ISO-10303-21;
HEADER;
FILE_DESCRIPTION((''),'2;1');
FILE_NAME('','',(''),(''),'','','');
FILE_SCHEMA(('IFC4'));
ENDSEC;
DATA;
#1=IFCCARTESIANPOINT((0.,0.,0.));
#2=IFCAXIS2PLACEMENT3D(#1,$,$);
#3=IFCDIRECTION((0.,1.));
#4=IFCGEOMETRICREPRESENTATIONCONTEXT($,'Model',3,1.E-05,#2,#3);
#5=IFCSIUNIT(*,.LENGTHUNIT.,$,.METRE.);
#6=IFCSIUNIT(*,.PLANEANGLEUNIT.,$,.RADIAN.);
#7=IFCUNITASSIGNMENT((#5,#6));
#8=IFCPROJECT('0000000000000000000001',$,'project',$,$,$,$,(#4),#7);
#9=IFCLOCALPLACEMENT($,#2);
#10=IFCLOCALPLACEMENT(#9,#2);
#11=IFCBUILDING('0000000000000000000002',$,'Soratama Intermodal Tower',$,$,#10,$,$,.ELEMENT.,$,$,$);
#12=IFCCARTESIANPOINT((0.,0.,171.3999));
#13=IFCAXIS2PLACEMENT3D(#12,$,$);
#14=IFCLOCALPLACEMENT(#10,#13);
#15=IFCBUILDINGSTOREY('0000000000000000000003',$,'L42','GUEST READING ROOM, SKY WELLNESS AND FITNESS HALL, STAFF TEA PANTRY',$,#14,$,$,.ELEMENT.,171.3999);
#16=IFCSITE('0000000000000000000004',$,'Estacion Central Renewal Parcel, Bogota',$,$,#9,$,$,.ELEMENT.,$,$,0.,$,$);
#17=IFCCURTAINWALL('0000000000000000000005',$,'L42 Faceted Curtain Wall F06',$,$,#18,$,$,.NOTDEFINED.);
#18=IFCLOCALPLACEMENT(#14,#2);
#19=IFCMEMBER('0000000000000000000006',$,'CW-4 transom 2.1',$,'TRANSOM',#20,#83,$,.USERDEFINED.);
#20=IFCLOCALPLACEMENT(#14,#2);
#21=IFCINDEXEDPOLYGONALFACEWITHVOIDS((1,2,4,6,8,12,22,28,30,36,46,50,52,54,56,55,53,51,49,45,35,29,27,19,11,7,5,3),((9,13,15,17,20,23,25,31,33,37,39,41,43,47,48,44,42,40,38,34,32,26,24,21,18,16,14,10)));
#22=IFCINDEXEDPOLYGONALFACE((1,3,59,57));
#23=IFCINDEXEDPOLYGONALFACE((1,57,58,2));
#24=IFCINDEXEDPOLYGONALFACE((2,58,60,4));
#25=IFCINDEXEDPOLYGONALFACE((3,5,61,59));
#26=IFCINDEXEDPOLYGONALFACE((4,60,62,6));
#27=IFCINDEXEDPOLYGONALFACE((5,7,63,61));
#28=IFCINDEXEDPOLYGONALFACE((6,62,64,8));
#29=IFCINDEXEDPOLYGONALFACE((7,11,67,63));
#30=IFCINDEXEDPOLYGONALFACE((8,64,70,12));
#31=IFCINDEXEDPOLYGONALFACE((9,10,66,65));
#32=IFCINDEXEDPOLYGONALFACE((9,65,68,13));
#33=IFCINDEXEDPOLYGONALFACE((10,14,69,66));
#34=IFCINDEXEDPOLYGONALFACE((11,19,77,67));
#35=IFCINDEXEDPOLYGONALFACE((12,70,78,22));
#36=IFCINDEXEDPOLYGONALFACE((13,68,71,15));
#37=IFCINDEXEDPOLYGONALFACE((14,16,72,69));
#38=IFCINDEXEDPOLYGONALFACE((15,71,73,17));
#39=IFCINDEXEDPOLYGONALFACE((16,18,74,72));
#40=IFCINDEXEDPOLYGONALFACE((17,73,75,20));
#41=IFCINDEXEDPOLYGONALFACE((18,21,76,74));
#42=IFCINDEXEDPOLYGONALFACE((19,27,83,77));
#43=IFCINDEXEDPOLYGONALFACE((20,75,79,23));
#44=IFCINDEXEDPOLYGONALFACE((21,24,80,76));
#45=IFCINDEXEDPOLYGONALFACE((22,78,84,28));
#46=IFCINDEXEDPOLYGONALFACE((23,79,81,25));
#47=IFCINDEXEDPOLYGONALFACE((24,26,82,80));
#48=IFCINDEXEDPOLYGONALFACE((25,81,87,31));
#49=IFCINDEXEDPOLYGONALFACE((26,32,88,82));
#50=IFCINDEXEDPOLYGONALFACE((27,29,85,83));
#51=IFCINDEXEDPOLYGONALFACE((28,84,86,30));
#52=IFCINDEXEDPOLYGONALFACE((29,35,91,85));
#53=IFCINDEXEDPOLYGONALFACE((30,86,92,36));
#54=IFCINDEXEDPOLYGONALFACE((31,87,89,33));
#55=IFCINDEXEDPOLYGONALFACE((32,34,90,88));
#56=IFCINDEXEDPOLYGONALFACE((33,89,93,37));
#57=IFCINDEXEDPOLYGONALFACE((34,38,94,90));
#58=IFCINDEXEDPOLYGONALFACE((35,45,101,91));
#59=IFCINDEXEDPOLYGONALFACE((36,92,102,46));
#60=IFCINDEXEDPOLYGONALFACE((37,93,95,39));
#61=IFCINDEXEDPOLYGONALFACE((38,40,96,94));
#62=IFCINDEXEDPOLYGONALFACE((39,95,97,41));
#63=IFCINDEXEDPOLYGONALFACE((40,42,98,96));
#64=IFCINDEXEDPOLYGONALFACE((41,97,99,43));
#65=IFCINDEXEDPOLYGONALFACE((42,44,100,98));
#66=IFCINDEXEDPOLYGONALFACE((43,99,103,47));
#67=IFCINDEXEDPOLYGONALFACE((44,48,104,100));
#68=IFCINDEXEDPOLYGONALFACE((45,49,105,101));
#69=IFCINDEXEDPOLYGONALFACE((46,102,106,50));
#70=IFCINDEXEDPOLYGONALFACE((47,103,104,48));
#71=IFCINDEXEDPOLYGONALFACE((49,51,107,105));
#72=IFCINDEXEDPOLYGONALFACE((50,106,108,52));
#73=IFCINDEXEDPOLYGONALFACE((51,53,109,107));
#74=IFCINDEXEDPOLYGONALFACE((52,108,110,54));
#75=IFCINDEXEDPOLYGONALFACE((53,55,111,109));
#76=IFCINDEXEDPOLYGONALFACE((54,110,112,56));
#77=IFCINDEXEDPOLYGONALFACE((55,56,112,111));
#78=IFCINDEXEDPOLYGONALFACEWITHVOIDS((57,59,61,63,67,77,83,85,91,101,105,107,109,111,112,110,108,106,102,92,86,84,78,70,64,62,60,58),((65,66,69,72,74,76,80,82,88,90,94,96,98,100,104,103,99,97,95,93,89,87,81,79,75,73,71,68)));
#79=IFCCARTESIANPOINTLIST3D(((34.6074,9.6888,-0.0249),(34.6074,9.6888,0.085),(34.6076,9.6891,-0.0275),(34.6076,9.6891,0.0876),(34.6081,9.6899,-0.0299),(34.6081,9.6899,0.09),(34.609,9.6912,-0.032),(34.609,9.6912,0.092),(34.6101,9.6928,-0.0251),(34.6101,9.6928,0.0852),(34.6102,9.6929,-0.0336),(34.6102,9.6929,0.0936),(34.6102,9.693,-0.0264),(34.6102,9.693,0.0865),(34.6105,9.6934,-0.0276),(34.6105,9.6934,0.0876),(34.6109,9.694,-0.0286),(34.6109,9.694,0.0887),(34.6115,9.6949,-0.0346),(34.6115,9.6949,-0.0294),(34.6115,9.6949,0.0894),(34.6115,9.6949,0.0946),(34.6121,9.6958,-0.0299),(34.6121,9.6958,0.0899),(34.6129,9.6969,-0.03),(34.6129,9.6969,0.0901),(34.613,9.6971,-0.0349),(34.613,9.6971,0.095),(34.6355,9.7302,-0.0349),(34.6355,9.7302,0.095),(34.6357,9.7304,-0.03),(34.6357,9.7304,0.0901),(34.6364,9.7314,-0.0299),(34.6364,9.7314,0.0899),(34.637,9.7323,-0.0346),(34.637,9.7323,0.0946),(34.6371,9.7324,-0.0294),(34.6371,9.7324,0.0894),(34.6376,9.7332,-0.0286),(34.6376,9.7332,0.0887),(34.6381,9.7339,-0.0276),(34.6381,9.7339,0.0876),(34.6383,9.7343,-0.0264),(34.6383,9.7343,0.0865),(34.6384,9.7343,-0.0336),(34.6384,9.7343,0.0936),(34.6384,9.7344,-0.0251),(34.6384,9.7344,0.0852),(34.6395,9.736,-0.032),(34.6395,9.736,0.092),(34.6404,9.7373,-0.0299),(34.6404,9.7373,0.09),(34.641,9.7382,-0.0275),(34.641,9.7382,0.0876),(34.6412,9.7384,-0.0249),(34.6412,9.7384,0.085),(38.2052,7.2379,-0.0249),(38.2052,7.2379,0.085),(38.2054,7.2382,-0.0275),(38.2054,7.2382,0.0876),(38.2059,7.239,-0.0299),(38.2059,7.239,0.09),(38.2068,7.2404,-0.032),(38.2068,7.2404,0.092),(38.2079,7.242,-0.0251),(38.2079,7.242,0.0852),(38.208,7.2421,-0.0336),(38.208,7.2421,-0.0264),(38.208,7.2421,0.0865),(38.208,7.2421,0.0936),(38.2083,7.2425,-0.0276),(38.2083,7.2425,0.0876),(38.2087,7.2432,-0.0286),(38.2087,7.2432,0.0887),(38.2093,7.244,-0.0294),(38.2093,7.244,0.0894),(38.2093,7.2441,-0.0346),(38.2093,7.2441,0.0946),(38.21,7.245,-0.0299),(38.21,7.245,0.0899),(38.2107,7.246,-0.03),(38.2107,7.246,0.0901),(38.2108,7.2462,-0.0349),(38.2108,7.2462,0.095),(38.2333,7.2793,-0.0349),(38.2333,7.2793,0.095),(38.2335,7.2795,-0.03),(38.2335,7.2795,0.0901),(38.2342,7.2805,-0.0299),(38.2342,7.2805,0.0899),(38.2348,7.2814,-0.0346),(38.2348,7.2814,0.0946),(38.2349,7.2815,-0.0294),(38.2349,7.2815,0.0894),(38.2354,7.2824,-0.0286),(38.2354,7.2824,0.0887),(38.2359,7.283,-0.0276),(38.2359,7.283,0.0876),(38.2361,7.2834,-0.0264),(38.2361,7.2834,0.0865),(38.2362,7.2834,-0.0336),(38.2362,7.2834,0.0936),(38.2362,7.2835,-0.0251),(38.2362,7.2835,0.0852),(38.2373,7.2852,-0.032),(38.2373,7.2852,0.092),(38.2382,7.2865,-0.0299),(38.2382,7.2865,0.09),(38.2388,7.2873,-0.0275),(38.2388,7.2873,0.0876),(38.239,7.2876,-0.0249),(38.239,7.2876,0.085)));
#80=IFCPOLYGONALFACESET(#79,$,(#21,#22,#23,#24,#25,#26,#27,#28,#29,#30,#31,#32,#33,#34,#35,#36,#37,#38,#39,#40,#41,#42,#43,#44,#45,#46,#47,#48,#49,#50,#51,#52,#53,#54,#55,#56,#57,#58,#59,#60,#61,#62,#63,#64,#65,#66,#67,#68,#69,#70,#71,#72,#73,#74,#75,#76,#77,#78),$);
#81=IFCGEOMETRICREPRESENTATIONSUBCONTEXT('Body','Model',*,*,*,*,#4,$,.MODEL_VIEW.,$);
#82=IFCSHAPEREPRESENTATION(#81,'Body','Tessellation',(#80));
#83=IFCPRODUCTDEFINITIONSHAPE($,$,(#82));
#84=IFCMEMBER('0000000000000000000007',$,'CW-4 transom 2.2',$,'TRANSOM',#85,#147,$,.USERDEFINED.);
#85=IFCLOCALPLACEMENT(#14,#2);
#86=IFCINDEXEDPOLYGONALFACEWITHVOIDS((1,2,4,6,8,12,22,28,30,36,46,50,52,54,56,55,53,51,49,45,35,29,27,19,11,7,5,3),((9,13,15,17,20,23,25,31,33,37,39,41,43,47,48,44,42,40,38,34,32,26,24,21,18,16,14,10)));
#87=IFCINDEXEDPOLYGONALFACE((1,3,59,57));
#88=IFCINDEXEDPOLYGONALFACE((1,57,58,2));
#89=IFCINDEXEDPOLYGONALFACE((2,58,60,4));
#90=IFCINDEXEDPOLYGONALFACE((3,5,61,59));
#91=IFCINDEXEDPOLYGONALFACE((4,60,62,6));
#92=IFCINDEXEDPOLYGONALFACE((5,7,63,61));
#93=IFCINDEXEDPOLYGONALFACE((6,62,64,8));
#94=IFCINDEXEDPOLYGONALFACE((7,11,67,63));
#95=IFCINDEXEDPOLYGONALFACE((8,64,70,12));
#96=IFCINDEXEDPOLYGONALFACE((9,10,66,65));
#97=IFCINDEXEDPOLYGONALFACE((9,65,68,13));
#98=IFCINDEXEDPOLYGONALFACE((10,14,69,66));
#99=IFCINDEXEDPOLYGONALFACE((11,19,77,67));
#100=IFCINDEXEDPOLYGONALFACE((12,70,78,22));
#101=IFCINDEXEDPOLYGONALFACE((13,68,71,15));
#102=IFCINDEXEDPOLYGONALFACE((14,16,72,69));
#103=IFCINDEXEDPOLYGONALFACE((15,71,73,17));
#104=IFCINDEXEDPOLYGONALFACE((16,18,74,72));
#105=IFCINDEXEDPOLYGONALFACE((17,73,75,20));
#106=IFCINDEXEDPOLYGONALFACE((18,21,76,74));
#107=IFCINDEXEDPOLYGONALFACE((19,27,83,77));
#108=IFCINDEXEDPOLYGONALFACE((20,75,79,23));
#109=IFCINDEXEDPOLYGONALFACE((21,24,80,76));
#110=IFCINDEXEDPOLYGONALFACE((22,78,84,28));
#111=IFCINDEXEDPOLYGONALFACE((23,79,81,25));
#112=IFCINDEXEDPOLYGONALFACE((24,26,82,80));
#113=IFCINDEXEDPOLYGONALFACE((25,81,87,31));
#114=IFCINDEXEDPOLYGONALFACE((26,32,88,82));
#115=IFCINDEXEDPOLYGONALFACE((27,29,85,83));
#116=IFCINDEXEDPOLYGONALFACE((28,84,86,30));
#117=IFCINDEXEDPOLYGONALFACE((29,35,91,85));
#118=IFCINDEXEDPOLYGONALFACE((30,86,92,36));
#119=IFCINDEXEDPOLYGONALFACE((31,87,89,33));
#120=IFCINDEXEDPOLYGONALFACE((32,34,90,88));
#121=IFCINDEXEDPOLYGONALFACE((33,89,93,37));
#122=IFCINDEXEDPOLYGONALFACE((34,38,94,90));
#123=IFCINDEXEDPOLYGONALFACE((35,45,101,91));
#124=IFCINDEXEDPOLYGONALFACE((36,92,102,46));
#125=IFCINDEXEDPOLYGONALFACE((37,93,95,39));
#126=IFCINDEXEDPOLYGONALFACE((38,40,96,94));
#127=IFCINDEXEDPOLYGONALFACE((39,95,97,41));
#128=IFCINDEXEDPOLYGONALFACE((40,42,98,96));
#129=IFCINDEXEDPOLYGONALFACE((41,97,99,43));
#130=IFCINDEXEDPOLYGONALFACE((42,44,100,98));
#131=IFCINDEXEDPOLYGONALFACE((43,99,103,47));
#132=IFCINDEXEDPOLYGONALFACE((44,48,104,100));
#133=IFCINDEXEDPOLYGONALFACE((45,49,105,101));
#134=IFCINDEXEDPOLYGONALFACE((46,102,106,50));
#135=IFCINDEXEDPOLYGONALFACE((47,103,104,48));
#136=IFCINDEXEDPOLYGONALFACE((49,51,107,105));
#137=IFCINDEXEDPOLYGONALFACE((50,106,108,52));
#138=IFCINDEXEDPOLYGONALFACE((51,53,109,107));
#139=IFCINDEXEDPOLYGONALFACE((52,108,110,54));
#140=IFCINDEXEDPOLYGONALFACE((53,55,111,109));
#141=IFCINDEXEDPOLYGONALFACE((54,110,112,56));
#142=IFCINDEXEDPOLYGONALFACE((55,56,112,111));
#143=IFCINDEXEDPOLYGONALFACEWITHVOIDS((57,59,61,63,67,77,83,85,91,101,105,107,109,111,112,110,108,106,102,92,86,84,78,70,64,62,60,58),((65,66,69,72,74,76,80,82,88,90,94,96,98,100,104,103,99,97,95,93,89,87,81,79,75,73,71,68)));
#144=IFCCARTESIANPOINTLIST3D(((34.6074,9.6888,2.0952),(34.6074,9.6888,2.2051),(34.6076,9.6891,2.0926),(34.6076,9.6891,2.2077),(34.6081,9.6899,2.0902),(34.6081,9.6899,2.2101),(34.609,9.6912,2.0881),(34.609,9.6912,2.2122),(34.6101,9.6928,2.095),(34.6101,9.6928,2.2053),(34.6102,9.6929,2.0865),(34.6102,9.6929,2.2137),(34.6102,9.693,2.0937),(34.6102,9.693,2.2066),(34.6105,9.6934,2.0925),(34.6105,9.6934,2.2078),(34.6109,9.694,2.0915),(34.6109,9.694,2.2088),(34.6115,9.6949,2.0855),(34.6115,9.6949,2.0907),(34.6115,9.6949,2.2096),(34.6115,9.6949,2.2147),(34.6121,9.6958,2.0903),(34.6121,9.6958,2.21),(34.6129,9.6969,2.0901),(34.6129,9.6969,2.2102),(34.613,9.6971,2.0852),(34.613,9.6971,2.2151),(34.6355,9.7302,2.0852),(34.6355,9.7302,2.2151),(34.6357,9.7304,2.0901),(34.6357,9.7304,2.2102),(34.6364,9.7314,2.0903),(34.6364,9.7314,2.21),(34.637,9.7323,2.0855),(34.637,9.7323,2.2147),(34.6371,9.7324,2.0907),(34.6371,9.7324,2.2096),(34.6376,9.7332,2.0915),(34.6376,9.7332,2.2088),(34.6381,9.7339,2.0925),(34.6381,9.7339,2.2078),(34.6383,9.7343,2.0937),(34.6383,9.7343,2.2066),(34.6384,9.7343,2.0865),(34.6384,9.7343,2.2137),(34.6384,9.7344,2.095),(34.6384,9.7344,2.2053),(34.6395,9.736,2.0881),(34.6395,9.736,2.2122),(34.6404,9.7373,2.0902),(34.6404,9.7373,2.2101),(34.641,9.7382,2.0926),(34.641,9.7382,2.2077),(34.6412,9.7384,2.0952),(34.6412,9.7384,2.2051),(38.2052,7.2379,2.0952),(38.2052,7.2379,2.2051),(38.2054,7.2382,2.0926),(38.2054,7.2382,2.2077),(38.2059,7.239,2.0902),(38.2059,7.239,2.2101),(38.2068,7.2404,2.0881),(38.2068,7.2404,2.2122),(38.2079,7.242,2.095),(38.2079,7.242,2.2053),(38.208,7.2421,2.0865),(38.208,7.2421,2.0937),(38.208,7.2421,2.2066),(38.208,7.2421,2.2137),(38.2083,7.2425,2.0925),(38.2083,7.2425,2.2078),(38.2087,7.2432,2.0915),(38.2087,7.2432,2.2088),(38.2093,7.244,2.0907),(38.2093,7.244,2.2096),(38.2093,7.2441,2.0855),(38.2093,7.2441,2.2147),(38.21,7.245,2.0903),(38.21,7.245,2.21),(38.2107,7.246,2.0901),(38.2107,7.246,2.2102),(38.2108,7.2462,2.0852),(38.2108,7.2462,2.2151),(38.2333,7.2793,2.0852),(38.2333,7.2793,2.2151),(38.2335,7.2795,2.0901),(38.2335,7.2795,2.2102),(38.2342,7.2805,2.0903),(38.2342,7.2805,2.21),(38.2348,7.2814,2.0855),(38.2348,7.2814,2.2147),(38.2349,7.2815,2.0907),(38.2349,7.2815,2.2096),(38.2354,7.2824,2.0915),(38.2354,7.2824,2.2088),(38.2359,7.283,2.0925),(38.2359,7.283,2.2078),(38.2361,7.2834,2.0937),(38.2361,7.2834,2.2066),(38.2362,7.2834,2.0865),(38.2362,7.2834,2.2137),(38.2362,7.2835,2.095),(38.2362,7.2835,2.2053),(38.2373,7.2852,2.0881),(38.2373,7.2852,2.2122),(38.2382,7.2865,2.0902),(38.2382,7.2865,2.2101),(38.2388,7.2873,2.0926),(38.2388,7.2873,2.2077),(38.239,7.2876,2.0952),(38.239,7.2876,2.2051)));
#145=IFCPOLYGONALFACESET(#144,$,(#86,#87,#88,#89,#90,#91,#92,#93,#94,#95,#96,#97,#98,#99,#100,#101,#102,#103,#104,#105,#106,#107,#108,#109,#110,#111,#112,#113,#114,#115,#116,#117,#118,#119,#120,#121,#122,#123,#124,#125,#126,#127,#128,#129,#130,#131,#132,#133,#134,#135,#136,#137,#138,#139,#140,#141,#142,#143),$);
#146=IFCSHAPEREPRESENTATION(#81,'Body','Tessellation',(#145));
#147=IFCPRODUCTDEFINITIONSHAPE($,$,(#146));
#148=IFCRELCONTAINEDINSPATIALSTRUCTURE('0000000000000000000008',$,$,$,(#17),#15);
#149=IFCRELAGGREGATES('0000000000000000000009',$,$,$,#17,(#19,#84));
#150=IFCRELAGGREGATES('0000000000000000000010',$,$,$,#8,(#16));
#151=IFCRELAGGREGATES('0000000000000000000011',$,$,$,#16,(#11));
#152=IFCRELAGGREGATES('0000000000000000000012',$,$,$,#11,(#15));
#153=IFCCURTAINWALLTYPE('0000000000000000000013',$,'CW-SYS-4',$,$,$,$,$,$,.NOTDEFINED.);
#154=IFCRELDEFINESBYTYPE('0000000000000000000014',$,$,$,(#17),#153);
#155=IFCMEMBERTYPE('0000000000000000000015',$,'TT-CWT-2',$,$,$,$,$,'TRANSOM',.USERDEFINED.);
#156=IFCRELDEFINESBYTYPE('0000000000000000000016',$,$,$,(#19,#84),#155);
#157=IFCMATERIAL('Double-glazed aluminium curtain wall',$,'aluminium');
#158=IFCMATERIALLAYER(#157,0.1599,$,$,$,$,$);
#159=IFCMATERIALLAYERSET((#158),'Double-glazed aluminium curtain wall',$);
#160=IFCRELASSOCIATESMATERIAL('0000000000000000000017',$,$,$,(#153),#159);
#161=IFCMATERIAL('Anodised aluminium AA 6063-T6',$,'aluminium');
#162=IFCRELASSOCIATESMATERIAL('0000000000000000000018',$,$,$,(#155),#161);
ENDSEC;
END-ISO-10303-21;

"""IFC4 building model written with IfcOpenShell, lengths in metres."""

from ifc_helpers import new_model, si_unit, direction, frame, origin, origin_2d, place, context, subcontext, project, spatial, hollow_rectangle, extrude, material, layer, layer_set, material_profile, profile_set, type_object, element, aggregate, save


model = new_model("IFC4")

# Units and contexts
model_context = context("Model", 3, precision=1e-05, world=origin(), true_north=direction((0.0, 1.0)))
body_context = subcontext(model_context, "Body", "Model", "MODEL_VIEW")
ifc_project = project(units=[si_unit("LENGTHUNIT", "METRE"), si_unit("PLANEANGLEUNIT", "RADIAN")], contexts=[model_context])

# Site, building, storey
site_placement = place(None, origin())
site = spatial("IfcSite", under=ifc_project, at=site_placement, Name="Estacion Central Renewal Parcel, Bogota", CompositionType="ELEMENT", RefElevation=0.0)
building_placement = place(site_placement, origin())
building = spatial("IfcBuilding", under=site, at=building_placement, Name="Soratama Intermodal Tower", CompositionType="ELEMENT")
storey_placement = place(building_placement, frame((0.0, 0.0, 171.3999)))
storey = spatial("IfcBuildingStorey", under=building, at=storey_placement, Name="L42", Description="GUEST READING ROOM, SKY WELLNESS AND FITNESS HALL, STAFF TEA PANTRY", CompositionType="ELEMENT", Elevation=171.3999)

# Curtain wall, members
ifc_material_1 = material(Name="Double-glazed aluminium curtain wall", Category="aluminium")
ifc_layer_1 = layer(ifc_material_1, 0.1599)
ifc_layer_set_1 = layer_set([ifc_layer_1], Name="Double-glazed aluminium curtain wall")
curtain_wall_type = type_object("IfcCurtainWallType", Name="CW-SYS-4", PredefinedType="NOTDEFINED", material=ifc_layer_set_1)
curtain_wall_placement = place(storey_placement, origin())
curtain_wall = element("IfcCurtainWall", 1, at=curtain_wall_placement, inside=storey, type_object=curtain_wall_type, Name="L42 Faceted Curtain Wall F06", PredefinedType="NOTDEFINED")
ifc_material_2 = material(Name="Anodised aluminium AA 6063-T6", Category="aluminium")
ifc_material_profile_1 = material_profile(ifc_material_2, hollow_rectangle(XDim=0.0601, YDim=0.1299, WallThickness=0.0049, InnerFilletRadius=0.0049, OuterFilletRadius=0.01, at=origin_2d()), Name="CWT130X60X5")
ifc_profile_set_1 = profile_set([ifc_material_profile_1], Name="Anodised aluminium AA 6063-T6")
member_type_1 = type_object("IfcMemberType", Name="TT-CWT-2", ElementType="TRANSOM", PredefinedType="USERDEFINED", material=ifc_profile_set_1)
member_1_placement = place(storey_placement, frame((34.6243, 9.7136, 0.03), z_axis=(0.826461, -0.562994, 0.0), x_axis=(0.562994, 0.826461, 0.0)))
member_1 = element("IfcMember", 2, at=member_1_placement, type_object=member_type_1, Name="CW-4 transom 2.1", ObjectType="TRANSOM", PredefinedType="USERDEFINED", context=body_context, shape_type="SweptSolid", body=[
    extrude(hollow_rectangle(XDim=0.0601, YDim=0.1299, WallThickness=0.0049, InnerFilletRadius=0.0049, OuterFilletRadius=0.01, at=origin_2d()), origin(), (0.0, 0.0, 1.0), 4.3533),
])
member_2_placement = place(storey_placement, frame((34.6243, 9.7136, 2.1501), z_axis=(0.826461, -0.562994, 0.0), x_axis=(0.562994, 0.826461, 0.0)))
member_2 = element("IfcMember", 3, at=member_2_placement, type_object=member_type_1, Name="CW-4 transom 2.2", ObjectType="TRANSOM", PredefinedType="USERDEFINED", context=body_context, shape_type="SweptSolid", body=[
    extrude(hollow_rectangle(XDim=0.0601, YDim=0.1299, WallThickness=0.0049, InnerFilletRadius=0.0049, OuterFilletRadius=0.01, at=origin_2d()), origin(), (0.0, 0.0, 1.0), 4.3533),
])
aggregate(curtain_wall, [member_1, member_2])

save(model, "model.ifc")
